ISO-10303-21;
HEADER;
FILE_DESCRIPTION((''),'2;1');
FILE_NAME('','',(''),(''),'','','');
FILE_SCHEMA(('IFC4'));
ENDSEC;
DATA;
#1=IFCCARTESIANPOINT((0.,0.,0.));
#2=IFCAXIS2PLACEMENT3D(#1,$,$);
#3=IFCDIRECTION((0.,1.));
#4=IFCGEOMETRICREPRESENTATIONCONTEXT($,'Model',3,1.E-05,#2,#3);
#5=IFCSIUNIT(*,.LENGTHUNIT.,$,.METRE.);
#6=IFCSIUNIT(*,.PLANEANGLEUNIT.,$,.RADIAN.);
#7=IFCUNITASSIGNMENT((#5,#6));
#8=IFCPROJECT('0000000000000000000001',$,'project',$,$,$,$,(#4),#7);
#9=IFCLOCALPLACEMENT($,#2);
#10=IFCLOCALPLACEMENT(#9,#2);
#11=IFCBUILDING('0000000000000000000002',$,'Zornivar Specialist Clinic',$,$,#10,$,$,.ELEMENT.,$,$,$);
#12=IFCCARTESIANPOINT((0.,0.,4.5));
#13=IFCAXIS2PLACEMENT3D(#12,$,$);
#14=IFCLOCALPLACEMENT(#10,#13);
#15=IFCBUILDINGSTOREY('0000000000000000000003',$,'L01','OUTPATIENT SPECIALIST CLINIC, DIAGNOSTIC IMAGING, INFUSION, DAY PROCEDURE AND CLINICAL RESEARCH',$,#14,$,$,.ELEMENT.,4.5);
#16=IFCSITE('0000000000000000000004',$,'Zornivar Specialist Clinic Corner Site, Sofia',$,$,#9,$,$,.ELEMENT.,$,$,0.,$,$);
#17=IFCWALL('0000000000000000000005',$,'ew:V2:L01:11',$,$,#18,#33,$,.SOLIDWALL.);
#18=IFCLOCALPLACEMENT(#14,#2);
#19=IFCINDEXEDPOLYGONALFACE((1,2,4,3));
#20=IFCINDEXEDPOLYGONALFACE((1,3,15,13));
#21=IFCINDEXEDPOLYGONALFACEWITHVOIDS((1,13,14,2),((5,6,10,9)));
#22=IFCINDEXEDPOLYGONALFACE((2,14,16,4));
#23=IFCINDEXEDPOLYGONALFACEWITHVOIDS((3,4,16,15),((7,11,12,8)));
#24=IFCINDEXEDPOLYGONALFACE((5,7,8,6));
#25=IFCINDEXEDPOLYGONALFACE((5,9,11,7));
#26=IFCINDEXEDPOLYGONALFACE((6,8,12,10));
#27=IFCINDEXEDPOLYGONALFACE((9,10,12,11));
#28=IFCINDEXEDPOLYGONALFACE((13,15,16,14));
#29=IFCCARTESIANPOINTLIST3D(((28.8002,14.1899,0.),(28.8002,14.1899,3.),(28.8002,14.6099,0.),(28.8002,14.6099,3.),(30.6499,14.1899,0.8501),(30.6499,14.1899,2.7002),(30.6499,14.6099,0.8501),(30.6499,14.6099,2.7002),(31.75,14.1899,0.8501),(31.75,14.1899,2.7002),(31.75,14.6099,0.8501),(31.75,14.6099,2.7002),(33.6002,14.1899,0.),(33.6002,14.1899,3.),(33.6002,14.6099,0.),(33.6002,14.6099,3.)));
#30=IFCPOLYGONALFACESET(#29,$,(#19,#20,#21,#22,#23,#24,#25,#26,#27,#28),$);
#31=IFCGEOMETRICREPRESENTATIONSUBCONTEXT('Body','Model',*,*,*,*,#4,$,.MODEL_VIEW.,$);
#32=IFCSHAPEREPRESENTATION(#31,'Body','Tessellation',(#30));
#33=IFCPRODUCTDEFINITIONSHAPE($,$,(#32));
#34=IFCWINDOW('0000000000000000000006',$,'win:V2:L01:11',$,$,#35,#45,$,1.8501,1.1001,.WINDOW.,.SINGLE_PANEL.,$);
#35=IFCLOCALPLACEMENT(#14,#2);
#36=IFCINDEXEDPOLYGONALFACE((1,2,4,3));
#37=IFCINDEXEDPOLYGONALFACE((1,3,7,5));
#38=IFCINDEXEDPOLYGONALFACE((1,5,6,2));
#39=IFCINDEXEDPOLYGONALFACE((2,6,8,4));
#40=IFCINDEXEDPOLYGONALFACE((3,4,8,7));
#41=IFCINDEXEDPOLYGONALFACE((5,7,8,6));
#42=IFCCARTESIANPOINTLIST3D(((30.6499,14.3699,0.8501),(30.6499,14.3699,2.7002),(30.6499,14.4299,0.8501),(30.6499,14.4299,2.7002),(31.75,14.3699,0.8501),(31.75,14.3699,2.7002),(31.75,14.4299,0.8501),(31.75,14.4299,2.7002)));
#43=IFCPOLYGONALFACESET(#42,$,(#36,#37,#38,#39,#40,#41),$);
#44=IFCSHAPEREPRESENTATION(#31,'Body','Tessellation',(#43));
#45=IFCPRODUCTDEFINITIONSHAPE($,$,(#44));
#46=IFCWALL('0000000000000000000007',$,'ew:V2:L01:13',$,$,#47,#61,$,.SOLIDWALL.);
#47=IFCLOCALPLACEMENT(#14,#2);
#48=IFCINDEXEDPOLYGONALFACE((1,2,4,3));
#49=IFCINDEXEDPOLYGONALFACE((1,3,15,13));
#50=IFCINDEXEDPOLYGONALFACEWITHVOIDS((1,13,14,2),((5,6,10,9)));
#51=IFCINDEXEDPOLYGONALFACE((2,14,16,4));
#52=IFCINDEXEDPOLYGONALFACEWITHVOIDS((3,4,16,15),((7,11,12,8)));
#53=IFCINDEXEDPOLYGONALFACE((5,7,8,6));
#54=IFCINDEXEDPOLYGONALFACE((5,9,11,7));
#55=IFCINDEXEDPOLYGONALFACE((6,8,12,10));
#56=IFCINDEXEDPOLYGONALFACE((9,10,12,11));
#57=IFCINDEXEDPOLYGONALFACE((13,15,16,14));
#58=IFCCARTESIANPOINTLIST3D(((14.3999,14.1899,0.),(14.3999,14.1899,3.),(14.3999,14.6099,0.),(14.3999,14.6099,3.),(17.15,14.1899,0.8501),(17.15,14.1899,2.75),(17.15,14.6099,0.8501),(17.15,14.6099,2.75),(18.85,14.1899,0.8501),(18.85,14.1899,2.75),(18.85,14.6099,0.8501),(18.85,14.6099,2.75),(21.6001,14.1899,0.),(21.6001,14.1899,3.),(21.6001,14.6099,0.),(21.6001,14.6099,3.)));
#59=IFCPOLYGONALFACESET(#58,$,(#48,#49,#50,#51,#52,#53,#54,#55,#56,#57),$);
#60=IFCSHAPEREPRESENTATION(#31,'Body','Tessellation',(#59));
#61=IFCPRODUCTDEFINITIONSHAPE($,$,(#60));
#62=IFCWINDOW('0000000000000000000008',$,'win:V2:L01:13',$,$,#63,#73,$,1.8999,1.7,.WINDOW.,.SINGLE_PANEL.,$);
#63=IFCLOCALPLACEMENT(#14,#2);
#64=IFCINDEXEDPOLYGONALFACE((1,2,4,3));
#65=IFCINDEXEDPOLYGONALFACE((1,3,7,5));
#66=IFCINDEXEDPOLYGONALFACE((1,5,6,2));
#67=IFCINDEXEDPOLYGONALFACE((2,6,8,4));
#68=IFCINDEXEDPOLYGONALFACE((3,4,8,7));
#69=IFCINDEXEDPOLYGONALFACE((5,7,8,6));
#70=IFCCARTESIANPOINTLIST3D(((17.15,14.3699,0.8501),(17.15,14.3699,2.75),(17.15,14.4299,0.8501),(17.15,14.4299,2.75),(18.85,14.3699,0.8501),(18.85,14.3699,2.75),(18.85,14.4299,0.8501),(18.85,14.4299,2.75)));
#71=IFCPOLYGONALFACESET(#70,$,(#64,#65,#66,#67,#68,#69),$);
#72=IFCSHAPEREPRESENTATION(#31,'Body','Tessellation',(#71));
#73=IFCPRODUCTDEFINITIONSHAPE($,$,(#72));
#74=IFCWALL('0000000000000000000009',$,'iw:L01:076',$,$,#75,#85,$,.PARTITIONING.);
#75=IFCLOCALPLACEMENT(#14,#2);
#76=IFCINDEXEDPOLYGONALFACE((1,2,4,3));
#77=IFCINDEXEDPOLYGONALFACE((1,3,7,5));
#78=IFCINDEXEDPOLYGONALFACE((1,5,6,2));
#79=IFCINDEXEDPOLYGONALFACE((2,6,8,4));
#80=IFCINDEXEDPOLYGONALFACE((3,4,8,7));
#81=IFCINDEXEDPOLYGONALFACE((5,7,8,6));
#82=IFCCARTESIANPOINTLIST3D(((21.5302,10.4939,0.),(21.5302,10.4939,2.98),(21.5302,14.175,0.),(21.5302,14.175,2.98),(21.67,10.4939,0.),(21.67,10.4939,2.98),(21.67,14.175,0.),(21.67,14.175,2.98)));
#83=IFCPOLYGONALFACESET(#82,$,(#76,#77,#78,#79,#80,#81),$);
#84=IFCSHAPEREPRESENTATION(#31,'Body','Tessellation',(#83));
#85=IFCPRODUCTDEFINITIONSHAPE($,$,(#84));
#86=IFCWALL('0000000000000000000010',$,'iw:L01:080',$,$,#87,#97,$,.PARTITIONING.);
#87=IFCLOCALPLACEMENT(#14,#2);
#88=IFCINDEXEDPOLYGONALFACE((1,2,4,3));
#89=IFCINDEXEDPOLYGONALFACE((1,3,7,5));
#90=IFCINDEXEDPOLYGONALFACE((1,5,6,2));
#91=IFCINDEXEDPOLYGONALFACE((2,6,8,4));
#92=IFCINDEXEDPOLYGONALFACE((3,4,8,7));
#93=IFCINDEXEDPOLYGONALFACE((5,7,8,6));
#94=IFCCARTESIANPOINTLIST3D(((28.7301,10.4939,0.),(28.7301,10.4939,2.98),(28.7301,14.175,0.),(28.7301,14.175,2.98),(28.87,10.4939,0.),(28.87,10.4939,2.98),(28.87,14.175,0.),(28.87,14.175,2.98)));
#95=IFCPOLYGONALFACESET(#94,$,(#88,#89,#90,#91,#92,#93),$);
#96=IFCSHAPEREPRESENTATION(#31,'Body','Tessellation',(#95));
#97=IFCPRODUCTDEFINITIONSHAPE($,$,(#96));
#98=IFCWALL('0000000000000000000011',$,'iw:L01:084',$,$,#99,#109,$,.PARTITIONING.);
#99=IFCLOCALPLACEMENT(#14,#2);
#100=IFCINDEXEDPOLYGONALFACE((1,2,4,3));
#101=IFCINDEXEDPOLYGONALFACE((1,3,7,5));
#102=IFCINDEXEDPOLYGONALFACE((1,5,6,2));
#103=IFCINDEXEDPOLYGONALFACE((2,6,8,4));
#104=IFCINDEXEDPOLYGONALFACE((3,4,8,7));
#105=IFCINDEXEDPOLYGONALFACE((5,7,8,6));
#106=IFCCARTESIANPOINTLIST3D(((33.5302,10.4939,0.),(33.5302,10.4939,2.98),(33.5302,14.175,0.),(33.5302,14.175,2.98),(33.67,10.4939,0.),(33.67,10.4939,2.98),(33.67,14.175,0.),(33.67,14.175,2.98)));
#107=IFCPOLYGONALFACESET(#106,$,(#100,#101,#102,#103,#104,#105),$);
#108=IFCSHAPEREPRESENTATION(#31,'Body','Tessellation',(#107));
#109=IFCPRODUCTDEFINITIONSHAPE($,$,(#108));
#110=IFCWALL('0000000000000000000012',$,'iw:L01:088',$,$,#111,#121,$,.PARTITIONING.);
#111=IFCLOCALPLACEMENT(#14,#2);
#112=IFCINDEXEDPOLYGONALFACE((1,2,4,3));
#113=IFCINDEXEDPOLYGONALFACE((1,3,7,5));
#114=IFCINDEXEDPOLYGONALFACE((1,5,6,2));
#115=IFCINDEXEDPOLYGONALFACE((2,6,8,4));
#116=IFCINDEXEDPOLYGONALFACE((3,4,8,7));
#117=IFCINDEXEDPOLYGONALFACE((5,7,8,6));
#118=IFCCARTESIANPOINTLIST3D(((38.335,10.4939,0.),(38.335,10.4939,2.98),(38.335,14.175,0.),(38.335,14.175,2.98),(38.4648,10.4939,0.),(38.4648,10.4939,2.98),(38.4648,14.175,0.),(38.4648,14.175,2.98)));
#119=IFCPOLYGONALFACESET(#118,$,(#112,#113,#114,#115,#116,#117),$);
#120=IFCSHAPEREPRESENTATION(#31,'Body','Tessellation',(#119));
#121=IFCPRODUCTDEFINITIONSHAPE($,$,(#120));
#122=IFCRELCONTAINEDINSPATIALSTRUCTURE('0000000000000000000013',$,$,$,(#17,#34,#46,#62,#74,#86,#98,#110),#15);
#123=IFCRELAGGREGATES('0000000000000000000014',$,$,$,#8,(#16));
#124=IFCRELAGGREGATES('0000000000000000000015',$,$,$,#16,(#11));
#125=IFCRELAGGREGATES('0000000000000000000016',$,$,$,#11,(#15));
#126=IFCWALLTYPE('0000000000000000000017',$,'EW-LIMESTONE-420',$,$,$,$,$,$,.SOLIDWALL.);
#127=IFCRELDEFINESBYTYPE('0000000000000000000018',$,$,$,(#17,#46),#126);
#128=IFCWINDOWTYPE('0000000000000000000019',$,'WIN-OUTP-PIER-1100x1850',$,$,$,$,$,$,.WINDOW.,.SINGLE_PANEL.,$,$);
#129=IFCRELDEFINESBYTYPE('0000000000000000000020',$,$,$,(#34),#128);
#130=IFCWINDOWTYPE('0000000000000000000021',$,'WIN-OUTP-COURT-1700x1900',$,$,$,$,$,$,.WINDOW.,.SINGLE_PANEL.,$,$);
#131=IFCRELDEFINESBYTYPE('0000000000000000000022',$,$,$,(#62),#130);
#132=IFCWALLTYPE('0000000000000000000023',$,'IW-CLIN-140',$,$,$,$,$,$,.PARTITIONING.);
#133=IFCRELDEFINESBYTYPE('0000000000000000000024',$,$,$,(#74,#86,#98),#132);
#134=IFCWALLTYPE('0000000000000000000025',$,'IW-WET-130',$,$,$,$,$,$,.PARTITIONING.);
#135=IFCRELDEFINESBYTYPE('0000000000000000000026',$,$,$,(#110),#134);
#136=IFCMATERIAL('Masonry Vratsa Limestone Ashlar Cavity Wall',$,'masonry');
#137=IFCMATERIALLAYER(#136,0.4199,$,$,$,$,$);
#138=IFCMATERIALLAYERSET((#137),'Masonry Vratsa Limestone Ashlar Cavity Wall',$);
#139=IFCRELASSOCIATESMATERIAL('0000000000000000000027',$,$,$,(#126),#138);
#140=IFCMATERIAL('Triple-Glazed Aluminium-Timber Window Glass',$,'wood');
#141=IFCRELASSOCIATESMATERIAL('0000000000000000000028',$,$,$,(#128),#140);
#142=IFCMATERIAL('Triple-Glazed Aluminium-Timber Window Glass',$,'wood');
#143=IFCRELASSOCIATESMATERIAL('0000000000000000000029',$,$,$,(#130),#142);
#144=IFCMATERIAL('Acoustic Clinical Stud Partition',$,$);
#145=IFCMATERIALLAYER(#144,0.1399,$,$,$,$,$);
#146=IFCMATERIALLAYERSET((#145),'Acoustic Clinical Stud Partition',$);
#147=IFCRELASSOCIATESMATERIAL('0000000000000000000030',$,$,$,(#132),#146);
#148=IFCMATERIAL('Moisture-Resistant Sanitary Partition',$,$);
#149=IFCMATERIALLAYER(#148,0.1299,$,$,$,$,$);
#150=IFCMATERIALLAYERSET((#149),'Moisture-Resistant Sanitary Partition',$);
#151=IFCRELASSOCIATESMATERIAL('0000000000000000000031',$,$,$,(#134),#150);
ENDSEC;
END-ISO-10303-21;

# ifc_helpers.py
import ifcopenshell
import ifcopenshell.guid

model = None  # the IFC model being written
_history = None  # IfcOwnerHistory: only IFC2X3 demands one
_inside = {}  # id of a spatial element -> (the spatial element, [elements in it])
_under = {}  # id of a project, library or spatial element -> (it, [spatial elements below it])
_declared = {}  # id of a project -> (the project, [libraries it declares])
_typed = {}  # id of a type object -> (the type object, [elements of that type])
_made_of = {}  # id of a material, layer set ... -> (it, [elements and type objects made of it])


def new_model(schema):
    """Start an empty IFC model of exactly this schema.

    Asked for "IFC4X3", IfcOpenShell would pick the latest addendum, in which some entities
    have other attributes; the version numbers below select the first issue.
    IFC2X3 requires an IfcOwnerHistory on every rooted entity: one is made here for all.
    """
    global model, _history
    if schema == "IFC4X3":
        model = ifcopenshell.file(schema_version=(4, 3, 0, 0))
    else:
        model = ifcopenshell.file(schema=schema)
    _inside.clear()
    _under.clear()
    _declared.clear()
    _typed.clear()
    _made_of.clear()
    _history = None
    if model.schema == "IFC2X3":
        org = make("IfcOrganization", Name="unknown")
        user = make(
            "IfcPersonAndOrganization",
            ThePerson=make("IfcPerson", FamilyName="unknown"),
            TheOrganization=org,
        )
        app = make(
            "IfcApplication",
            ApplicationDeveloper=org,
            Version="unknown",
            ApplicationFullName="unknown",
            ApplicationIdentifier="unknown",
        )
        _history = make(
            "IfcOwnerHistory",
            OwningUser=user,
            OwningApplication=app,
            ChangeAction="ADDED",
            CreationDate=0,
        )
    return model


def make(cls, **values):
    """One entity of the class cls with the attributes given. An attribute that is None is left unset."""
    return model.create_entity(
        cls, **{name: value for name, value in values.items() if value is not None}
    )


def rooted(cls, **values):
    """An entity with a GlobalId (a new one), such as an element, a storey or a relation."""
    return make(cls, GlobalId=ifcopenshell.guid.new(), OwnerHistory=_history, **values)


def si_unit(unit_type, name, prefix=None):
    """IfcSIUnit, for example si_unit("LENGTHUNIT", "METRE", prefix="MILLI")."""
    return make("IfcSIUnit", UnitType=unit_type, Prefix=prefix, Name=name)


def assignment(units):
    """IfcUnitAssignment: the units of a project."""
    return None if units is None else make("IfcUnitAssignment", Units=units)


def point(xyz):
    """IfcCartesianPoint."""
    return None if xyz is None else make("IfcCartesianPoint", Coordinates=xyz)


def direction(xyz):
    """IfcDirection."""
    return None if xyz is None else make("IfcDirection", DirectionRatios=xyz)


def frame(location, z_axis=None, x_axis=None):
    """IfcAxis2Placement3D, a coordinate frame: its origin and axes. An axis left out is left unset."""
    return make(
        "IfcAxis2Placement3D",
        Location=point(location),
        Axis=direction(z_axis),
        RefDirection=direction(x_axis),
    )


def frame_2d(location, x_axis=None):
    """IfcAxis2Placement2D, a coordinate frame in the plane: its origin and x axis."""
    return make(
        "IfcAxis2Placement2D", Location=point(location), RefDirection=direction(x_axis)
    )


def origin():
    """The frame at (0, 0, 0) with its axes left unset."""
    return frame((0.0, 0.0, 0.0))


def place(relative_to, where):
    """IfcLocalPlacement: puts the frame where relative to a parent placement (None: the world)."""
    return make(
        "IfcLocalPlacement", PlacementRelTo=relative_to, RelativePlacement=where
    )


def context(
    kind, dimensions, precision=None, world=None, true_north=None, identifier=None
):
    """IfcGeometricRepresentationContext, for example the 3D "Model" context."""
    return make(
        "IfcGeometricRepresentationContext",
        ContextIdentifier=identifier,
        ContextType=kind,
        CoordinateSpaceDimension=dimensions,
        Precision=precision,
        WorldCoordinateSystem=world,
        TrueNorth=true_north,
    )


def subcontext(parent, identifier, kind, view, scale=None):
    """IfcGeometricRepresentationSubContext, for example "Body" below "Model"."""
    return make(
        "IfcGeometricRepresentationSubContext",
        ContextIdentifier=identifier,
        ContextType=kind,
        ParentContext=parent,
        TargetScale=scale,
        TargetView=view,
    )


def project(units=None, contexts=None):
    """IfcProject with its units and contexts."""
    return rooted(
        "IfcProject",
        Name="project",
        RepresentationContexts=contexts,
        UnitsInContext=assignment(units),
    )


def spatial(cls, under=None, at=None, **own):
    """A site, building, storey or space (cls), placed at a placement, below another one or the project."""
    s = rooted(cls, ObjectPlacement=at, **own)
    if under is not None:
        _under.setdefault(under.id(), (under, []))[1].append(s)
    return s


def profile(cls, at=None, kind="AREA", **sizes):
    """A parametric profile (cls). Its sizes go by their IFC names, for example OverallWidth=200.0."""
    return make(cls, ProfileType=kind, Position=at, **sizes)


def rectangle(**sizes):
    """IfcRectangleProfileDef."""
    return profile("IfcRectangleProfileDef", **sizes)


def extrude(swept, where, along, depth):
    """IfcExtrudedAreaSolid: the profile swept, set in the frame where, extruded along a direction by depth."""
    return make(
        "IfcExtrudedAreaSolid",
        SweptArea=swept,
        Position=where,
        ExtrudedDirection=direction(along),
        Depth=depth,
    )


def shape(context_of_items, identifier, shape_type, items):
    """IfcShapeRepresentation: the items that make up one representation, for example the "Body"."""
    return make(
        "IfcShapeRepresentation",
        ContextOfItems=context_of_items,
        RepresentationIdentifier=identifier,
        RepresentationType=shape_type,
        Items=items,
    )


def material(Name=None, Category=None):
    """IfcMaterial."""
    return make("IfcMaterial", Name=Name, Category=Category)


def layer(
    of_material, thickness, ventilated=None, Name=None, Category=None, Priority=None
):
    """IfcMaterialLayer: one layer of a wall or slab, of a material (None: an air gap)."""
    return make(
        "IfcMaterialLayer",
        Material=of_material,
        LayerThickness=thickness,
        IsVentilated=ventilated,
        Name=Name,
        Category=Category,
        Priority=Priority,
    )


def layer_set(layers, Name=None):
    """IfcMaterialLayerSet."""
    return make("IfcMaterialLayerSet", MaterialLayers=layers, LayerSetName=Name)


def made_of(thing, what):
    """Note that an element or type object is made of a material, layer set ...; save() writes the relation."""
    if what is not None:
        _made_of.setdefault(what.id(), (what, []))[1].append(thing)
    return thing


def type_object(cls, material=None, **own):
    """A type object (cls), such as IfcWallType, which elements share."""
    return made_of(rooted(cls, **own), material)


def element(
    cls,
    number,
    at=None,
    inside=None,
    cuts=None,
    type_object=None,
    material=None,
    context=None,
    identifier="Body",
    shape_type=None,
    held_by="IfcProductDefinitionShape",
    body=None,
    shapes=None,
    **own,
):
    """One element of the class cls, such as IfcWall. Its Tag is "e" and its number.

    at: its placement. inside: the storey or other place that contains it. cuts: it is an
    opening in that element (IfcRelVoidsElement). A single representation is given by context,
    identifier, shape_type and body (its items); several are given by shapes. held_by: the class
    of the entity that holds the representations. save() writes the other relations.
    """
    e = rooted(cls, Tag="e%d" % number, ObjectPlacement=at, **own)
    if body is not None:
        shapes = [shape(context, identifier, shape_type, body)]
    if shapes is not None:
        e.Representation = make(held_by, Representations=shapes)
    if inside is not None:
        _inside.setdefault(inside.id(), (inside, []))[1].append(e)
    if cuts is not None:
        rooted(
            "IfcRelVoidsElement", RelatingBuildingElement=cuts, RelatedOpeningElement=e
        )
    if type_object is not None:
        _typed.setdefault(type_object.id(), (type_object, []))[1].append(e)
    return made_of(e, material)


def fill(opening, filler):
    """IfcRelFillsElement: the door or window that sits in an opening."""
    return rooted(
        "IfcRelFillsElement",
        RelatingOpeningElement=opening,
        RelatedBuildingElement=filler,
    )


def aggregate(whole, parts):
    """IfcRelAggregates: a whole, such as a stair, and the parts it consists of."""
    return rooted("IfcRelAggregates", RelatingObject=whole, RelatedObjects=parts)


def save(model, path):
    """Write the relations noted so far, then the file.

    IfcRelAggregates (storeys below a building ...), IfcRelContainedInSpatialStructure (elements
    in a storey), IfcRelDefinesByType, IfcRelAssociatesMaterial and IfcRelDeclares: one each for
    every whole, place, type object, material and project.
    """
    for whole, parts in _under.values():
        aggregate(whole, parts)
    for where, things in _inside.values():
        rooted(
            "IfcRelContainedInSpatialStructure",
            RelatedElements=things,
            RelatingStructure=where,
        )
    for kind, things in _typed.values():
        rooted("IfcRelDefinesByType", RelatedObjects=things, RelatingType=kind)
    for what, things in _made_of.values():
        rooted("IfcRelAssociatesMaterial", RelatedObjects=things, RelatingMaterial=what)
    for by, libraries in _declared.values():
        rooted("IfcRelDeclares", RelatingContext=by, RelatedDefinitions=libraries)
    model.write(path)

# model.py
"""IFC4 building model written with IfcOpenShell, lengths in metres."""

from ifc_helpers import new_model, si_unit, direction, frame, frame_2d, origin, place, context, subcontext, project, spatial, rectangle, extrude, material, layer, layer_set, type_object, element, fill, save


model = new_model("IFC4")

# Units and contexts
model_context = context("Model", 3, precision=1e-05, world=origin(), true_north=direction((0.0, 1.0)))
body_context = subcontext(model_context, "Body", "Model", "MODEL_VIEW")
ifc_project = project(units=[si_unit("LENGTHUNIT", "METRE"), si_unit("PLANEANGLEUNIT", "RADIAN")], contexts=[model_context])

# Site, building, storey
site_placement = place(None, origin())
site = spatial("IfcSite", under=ifc_project, at=site_placement, Name="Zornivar Specialist Clinic Corner Site, Sofia", CompositionType="ELEMENT", RefElevation=0.0)
building_placement = place(site_placement, origin())
building = spatial("IfcBuilding", under=site, at=building_placement, Name="Zornivar Specialist Clinic", CompositionType="ELEMENT")
storey_placement = place(building_placement, frame((0.0, 0.0, 4.5)))
storey = spatial("IfcBuildingStorey", under=building, at=storey_placement, Name="L01", Description="OUTPATIENT SPECIALIST CLINIC, DIAGNOSTIC IMAGING, INFUSION, DAY PROCEDURE AND CLINICAL RESEARCH", CompositionType="ELEMENT", Elevation=4.5)

# Walls, openings, windows
ifc_material_1 = material(Name="Masonry Vratsa Limestone Ashlar Cavity Wall", Category="masonry")
ifc_layer_1 = layer(ifc_material_1, 0.4199)
ifc_layer_set_1 = layer_set([ifc_layer_1], Name="Masonry Vratsa Limestone Ashlar Cavity Wall")
wall_type_1 = type_object("IfcWallType", Name="EW-LIMESTONE-420", PredefinedType="SOLIDWALL", material=ifc_layer_set_1)
ifc_material_2 = material(Name="Triple-Glazed Aluminium-Timber Window Glass", Category="wood")
window_type_1 = type_object("IfcWindowType", Name="WIN-OUTP-PIER-1100x1850", PartitioningType="SINGLE_PANEL", PredefinedType="WINDOW", material=ifc_material_2)
wall_1_placement = place(storey_placement, frame((33.6001, 14.3999, 0.0), z_axis=(0.0, 0.0, 1.0), x_axis=(-1.0, 0.0, 0.0)))
wall_1 = element("IfcWall", 1, at=wall_1_placement, inside=storey, type_object=wall_type_1, Name="ew:V2:L01:11", PredefinedType="SOLIDWALL", context=body_context, shape_type="SweptSolid", body=[
    extrude(rectangle(XDim=4.8, YDim=0.4199, at=frame_2d((2.3999, 0.0))), origin(), (0.0, 0.0, 1.0), 3.0),
])
opening_1_placement = place(wall_1_placement, frame((1.8501, 0.0, 0.8501)))
opening_1 = element("IfcOpeningElement", 2, at=opening_1_placement, cuts=wall_1, PredefinedType="OPENING", context=body_context, shape_type="SweptSolid", body=[
    extrude(rectangle(XDim=1.1001, YDim=1.8501, at=frame_2d((0.55, 0.925))), frame((0.0, 0.22, 0.0), z_axis=(0.0, -1.0, 0.0), x_axis=(1.0, 0.0, 0.0)), (0.0, 0.0, 1.0), 0.4399),
])
window_1_placement = place(opening_1_placement, origin())
window_1 = element("IfcWindow", 3, at=window_1_placement, inside=storey, type_object=window_type_1, Name="win:V2:L01:11", OverallHeight=1.8501, OverallWidth=1.1001, PartitioningType="SINGLE_PANEL", PredefinedType="WINDOW", context=body_context, shape_type="SweptSolid", body=[
    extrude(rectangle(XDim=1.1001, YDim=1.8501, at=frame_2d((0.55, 0.925))), frame((0.0, 0.03, 0.0), z_axis=(0.0, -1.0, 0.0), x_axis=(1.0, 0.0, 0.0)), (0.0, 0.0, 1.0), 0.0601),
])
fill(opening_1, window_1)
wall_2_placement = place(storey_placement, frame((21.6001, 14.3999, 0.0), z_axis=(0.0, 0.0, 1.0), x_axis=(-1.0, 0.0, 0.0)))
wall_2 = element("IfcWall", 4, at=wall_2_placement, inside=storey, type_object=wall_type_1, Name="ew:V2:L01:13", PredefinedType="SOLIDWALL", context=body_context, shape_type="SweptSolid", body=[
    extrude(rectangle(XDim=7.2002, YDim=0.4199, at=frame_2d((3.6001, 0.0))), origin(), (0.0, 0.0, 1.0), 3.0),
])
opening_2_placement = place(wall_2_placement, frame((2.75, 0.0, 0.8501)))
opening_2 = element("IfcOpeningElement", 5, at=opening_2_placement, cuts=wall_2, PredefinedType="OPENING", context=body_context, shape_type="SweptSolid", body=[
    extrude(rectangle(XDim=1.7, YDim=1.8999, at=frame_2d((0.8501, 0.95))), frame((0.0, 0.22, 0.0), z_axis=(0.0, -1.0, 0.0), x_axis=(1.0, 0.0, 0.0)), (0.0, 0.0, 1.0), 0.4399),
])
ifc_material_3 = material(Name="Triple-Glazed Aluminium-Timber Window Glass", Category="wood")
window_type_2 = type_object("IfcWindowType", Name="WIN-OUTP-COURT-1700x1900", PartitioningType="SINGLE_PANEL", PredefinedType="WINDOW", material=ifc_material_3)
window_2_placement = place(opening_2_placement, origin())
window_2 = element("IfcWindow", 6, at=window_2_placement, inside=storey, type_object=window_type_2, Name="win:V2:L01:13", OverallHeight=1.8999, OverallWidth=1.7, PartitioningType="SINGLE_PANEL", PredefinedType="WINDOW", context=body_context, shape_type="SweptSolid", body=[
    extrude(rectangle(XDim=1.7, YDim=1.8999, at=frame_2d((0.8501, 0.95))), frame((0.0, 0.03, 0.0), z_axis=(0.0, -1.0, 0.0), x_axis=(1.0, 0.0, 0.0)), (0.0, 0.0, 1.0), 0.0601),
])
fill(opening_2, window_2)

# Walls
ifc_material_4 = material(Name="Acoustic Clinical Stud Partition")
ifc_layer_2 = layer(ifc_material_4, 0.1399)
ifc_layer_set_2 = layer_set([ifc_layer_2], Name="Acoustic Clinical Stud Partition")
wall_type_2 = type_object("IfcWallType", Name="IW-CLIN-140", PredefinedType="PARTITIONING", material=ifc_layer_set_2)
for number, where, z_axis, x_axis, name in (
    (7, (21.6001, 14.175, 0.0), (0.0, 0.0, 1.0), (0.0, -1.0, 0.0), "iw:L01:076"),
    (8, (28.8, 14.175, 0.0), (0.0, 0.0, 1.0), (0.0, -1.0, 0.0), "iw:L01:080"),
    (9, (33.6001, 14.175, 0.0), (0.0, 0.0, 1.0), (0.0, -1.0, 0.0), "iw:L01:084"),
):
    element("IfcWall", number, at=place(storey_placement, frame(where, z_axis=z_axis, x_axis=x_axis)), inside=storey, type_object=wall_type_2, Name=name, PredefinedType="PARTITIONING", context=body_context, shape_type="SweptSolid", body=[
        extrude(rectangle(XDim=3.6812, YDim=0.1399, at=frame_2d((1.8406, 0.0))), origin(), (0.0, 0.0, 1.0), 2.98),
    ])
ifc_material_5 = material(Name="Moisture-Resistant Sanitary Partition")
ifc_layer_3 = layer(ifc_material_5, 0.1299)
ifc_layer_set_3 = layer_set([ifc_layer_3], Name="Moisture-Resistant Sanitary Partition")
wall_type_3 = type_object("IfcWallType", Name="IW-WET-130", PredefinedType="PARTITIONING", material=ifc_layer_set_3)
wall_3_placement = place(storey_placement, frame((38.3999, 14.175, 0.0), z_axis=(0.0, 0.0, 1.0), x_axis=(0.0, -1.0, 0.0)))
element("IfcWall", 10, at=wall_3_placement, inside=storey, type_object=wall_type_3, Name="iw:L01:088", PredefinedType="PARTITIONING", context=body_context, shape_type="SweptSolid", body=[
    extrude(rectangle(XDim=3.6812, YDim=0.1299, at=frame_2d((1.8406, 0.0))), origin(), (0.0, 0.0, 1.0), 2.98),
])

save(model, "model.ifc")
